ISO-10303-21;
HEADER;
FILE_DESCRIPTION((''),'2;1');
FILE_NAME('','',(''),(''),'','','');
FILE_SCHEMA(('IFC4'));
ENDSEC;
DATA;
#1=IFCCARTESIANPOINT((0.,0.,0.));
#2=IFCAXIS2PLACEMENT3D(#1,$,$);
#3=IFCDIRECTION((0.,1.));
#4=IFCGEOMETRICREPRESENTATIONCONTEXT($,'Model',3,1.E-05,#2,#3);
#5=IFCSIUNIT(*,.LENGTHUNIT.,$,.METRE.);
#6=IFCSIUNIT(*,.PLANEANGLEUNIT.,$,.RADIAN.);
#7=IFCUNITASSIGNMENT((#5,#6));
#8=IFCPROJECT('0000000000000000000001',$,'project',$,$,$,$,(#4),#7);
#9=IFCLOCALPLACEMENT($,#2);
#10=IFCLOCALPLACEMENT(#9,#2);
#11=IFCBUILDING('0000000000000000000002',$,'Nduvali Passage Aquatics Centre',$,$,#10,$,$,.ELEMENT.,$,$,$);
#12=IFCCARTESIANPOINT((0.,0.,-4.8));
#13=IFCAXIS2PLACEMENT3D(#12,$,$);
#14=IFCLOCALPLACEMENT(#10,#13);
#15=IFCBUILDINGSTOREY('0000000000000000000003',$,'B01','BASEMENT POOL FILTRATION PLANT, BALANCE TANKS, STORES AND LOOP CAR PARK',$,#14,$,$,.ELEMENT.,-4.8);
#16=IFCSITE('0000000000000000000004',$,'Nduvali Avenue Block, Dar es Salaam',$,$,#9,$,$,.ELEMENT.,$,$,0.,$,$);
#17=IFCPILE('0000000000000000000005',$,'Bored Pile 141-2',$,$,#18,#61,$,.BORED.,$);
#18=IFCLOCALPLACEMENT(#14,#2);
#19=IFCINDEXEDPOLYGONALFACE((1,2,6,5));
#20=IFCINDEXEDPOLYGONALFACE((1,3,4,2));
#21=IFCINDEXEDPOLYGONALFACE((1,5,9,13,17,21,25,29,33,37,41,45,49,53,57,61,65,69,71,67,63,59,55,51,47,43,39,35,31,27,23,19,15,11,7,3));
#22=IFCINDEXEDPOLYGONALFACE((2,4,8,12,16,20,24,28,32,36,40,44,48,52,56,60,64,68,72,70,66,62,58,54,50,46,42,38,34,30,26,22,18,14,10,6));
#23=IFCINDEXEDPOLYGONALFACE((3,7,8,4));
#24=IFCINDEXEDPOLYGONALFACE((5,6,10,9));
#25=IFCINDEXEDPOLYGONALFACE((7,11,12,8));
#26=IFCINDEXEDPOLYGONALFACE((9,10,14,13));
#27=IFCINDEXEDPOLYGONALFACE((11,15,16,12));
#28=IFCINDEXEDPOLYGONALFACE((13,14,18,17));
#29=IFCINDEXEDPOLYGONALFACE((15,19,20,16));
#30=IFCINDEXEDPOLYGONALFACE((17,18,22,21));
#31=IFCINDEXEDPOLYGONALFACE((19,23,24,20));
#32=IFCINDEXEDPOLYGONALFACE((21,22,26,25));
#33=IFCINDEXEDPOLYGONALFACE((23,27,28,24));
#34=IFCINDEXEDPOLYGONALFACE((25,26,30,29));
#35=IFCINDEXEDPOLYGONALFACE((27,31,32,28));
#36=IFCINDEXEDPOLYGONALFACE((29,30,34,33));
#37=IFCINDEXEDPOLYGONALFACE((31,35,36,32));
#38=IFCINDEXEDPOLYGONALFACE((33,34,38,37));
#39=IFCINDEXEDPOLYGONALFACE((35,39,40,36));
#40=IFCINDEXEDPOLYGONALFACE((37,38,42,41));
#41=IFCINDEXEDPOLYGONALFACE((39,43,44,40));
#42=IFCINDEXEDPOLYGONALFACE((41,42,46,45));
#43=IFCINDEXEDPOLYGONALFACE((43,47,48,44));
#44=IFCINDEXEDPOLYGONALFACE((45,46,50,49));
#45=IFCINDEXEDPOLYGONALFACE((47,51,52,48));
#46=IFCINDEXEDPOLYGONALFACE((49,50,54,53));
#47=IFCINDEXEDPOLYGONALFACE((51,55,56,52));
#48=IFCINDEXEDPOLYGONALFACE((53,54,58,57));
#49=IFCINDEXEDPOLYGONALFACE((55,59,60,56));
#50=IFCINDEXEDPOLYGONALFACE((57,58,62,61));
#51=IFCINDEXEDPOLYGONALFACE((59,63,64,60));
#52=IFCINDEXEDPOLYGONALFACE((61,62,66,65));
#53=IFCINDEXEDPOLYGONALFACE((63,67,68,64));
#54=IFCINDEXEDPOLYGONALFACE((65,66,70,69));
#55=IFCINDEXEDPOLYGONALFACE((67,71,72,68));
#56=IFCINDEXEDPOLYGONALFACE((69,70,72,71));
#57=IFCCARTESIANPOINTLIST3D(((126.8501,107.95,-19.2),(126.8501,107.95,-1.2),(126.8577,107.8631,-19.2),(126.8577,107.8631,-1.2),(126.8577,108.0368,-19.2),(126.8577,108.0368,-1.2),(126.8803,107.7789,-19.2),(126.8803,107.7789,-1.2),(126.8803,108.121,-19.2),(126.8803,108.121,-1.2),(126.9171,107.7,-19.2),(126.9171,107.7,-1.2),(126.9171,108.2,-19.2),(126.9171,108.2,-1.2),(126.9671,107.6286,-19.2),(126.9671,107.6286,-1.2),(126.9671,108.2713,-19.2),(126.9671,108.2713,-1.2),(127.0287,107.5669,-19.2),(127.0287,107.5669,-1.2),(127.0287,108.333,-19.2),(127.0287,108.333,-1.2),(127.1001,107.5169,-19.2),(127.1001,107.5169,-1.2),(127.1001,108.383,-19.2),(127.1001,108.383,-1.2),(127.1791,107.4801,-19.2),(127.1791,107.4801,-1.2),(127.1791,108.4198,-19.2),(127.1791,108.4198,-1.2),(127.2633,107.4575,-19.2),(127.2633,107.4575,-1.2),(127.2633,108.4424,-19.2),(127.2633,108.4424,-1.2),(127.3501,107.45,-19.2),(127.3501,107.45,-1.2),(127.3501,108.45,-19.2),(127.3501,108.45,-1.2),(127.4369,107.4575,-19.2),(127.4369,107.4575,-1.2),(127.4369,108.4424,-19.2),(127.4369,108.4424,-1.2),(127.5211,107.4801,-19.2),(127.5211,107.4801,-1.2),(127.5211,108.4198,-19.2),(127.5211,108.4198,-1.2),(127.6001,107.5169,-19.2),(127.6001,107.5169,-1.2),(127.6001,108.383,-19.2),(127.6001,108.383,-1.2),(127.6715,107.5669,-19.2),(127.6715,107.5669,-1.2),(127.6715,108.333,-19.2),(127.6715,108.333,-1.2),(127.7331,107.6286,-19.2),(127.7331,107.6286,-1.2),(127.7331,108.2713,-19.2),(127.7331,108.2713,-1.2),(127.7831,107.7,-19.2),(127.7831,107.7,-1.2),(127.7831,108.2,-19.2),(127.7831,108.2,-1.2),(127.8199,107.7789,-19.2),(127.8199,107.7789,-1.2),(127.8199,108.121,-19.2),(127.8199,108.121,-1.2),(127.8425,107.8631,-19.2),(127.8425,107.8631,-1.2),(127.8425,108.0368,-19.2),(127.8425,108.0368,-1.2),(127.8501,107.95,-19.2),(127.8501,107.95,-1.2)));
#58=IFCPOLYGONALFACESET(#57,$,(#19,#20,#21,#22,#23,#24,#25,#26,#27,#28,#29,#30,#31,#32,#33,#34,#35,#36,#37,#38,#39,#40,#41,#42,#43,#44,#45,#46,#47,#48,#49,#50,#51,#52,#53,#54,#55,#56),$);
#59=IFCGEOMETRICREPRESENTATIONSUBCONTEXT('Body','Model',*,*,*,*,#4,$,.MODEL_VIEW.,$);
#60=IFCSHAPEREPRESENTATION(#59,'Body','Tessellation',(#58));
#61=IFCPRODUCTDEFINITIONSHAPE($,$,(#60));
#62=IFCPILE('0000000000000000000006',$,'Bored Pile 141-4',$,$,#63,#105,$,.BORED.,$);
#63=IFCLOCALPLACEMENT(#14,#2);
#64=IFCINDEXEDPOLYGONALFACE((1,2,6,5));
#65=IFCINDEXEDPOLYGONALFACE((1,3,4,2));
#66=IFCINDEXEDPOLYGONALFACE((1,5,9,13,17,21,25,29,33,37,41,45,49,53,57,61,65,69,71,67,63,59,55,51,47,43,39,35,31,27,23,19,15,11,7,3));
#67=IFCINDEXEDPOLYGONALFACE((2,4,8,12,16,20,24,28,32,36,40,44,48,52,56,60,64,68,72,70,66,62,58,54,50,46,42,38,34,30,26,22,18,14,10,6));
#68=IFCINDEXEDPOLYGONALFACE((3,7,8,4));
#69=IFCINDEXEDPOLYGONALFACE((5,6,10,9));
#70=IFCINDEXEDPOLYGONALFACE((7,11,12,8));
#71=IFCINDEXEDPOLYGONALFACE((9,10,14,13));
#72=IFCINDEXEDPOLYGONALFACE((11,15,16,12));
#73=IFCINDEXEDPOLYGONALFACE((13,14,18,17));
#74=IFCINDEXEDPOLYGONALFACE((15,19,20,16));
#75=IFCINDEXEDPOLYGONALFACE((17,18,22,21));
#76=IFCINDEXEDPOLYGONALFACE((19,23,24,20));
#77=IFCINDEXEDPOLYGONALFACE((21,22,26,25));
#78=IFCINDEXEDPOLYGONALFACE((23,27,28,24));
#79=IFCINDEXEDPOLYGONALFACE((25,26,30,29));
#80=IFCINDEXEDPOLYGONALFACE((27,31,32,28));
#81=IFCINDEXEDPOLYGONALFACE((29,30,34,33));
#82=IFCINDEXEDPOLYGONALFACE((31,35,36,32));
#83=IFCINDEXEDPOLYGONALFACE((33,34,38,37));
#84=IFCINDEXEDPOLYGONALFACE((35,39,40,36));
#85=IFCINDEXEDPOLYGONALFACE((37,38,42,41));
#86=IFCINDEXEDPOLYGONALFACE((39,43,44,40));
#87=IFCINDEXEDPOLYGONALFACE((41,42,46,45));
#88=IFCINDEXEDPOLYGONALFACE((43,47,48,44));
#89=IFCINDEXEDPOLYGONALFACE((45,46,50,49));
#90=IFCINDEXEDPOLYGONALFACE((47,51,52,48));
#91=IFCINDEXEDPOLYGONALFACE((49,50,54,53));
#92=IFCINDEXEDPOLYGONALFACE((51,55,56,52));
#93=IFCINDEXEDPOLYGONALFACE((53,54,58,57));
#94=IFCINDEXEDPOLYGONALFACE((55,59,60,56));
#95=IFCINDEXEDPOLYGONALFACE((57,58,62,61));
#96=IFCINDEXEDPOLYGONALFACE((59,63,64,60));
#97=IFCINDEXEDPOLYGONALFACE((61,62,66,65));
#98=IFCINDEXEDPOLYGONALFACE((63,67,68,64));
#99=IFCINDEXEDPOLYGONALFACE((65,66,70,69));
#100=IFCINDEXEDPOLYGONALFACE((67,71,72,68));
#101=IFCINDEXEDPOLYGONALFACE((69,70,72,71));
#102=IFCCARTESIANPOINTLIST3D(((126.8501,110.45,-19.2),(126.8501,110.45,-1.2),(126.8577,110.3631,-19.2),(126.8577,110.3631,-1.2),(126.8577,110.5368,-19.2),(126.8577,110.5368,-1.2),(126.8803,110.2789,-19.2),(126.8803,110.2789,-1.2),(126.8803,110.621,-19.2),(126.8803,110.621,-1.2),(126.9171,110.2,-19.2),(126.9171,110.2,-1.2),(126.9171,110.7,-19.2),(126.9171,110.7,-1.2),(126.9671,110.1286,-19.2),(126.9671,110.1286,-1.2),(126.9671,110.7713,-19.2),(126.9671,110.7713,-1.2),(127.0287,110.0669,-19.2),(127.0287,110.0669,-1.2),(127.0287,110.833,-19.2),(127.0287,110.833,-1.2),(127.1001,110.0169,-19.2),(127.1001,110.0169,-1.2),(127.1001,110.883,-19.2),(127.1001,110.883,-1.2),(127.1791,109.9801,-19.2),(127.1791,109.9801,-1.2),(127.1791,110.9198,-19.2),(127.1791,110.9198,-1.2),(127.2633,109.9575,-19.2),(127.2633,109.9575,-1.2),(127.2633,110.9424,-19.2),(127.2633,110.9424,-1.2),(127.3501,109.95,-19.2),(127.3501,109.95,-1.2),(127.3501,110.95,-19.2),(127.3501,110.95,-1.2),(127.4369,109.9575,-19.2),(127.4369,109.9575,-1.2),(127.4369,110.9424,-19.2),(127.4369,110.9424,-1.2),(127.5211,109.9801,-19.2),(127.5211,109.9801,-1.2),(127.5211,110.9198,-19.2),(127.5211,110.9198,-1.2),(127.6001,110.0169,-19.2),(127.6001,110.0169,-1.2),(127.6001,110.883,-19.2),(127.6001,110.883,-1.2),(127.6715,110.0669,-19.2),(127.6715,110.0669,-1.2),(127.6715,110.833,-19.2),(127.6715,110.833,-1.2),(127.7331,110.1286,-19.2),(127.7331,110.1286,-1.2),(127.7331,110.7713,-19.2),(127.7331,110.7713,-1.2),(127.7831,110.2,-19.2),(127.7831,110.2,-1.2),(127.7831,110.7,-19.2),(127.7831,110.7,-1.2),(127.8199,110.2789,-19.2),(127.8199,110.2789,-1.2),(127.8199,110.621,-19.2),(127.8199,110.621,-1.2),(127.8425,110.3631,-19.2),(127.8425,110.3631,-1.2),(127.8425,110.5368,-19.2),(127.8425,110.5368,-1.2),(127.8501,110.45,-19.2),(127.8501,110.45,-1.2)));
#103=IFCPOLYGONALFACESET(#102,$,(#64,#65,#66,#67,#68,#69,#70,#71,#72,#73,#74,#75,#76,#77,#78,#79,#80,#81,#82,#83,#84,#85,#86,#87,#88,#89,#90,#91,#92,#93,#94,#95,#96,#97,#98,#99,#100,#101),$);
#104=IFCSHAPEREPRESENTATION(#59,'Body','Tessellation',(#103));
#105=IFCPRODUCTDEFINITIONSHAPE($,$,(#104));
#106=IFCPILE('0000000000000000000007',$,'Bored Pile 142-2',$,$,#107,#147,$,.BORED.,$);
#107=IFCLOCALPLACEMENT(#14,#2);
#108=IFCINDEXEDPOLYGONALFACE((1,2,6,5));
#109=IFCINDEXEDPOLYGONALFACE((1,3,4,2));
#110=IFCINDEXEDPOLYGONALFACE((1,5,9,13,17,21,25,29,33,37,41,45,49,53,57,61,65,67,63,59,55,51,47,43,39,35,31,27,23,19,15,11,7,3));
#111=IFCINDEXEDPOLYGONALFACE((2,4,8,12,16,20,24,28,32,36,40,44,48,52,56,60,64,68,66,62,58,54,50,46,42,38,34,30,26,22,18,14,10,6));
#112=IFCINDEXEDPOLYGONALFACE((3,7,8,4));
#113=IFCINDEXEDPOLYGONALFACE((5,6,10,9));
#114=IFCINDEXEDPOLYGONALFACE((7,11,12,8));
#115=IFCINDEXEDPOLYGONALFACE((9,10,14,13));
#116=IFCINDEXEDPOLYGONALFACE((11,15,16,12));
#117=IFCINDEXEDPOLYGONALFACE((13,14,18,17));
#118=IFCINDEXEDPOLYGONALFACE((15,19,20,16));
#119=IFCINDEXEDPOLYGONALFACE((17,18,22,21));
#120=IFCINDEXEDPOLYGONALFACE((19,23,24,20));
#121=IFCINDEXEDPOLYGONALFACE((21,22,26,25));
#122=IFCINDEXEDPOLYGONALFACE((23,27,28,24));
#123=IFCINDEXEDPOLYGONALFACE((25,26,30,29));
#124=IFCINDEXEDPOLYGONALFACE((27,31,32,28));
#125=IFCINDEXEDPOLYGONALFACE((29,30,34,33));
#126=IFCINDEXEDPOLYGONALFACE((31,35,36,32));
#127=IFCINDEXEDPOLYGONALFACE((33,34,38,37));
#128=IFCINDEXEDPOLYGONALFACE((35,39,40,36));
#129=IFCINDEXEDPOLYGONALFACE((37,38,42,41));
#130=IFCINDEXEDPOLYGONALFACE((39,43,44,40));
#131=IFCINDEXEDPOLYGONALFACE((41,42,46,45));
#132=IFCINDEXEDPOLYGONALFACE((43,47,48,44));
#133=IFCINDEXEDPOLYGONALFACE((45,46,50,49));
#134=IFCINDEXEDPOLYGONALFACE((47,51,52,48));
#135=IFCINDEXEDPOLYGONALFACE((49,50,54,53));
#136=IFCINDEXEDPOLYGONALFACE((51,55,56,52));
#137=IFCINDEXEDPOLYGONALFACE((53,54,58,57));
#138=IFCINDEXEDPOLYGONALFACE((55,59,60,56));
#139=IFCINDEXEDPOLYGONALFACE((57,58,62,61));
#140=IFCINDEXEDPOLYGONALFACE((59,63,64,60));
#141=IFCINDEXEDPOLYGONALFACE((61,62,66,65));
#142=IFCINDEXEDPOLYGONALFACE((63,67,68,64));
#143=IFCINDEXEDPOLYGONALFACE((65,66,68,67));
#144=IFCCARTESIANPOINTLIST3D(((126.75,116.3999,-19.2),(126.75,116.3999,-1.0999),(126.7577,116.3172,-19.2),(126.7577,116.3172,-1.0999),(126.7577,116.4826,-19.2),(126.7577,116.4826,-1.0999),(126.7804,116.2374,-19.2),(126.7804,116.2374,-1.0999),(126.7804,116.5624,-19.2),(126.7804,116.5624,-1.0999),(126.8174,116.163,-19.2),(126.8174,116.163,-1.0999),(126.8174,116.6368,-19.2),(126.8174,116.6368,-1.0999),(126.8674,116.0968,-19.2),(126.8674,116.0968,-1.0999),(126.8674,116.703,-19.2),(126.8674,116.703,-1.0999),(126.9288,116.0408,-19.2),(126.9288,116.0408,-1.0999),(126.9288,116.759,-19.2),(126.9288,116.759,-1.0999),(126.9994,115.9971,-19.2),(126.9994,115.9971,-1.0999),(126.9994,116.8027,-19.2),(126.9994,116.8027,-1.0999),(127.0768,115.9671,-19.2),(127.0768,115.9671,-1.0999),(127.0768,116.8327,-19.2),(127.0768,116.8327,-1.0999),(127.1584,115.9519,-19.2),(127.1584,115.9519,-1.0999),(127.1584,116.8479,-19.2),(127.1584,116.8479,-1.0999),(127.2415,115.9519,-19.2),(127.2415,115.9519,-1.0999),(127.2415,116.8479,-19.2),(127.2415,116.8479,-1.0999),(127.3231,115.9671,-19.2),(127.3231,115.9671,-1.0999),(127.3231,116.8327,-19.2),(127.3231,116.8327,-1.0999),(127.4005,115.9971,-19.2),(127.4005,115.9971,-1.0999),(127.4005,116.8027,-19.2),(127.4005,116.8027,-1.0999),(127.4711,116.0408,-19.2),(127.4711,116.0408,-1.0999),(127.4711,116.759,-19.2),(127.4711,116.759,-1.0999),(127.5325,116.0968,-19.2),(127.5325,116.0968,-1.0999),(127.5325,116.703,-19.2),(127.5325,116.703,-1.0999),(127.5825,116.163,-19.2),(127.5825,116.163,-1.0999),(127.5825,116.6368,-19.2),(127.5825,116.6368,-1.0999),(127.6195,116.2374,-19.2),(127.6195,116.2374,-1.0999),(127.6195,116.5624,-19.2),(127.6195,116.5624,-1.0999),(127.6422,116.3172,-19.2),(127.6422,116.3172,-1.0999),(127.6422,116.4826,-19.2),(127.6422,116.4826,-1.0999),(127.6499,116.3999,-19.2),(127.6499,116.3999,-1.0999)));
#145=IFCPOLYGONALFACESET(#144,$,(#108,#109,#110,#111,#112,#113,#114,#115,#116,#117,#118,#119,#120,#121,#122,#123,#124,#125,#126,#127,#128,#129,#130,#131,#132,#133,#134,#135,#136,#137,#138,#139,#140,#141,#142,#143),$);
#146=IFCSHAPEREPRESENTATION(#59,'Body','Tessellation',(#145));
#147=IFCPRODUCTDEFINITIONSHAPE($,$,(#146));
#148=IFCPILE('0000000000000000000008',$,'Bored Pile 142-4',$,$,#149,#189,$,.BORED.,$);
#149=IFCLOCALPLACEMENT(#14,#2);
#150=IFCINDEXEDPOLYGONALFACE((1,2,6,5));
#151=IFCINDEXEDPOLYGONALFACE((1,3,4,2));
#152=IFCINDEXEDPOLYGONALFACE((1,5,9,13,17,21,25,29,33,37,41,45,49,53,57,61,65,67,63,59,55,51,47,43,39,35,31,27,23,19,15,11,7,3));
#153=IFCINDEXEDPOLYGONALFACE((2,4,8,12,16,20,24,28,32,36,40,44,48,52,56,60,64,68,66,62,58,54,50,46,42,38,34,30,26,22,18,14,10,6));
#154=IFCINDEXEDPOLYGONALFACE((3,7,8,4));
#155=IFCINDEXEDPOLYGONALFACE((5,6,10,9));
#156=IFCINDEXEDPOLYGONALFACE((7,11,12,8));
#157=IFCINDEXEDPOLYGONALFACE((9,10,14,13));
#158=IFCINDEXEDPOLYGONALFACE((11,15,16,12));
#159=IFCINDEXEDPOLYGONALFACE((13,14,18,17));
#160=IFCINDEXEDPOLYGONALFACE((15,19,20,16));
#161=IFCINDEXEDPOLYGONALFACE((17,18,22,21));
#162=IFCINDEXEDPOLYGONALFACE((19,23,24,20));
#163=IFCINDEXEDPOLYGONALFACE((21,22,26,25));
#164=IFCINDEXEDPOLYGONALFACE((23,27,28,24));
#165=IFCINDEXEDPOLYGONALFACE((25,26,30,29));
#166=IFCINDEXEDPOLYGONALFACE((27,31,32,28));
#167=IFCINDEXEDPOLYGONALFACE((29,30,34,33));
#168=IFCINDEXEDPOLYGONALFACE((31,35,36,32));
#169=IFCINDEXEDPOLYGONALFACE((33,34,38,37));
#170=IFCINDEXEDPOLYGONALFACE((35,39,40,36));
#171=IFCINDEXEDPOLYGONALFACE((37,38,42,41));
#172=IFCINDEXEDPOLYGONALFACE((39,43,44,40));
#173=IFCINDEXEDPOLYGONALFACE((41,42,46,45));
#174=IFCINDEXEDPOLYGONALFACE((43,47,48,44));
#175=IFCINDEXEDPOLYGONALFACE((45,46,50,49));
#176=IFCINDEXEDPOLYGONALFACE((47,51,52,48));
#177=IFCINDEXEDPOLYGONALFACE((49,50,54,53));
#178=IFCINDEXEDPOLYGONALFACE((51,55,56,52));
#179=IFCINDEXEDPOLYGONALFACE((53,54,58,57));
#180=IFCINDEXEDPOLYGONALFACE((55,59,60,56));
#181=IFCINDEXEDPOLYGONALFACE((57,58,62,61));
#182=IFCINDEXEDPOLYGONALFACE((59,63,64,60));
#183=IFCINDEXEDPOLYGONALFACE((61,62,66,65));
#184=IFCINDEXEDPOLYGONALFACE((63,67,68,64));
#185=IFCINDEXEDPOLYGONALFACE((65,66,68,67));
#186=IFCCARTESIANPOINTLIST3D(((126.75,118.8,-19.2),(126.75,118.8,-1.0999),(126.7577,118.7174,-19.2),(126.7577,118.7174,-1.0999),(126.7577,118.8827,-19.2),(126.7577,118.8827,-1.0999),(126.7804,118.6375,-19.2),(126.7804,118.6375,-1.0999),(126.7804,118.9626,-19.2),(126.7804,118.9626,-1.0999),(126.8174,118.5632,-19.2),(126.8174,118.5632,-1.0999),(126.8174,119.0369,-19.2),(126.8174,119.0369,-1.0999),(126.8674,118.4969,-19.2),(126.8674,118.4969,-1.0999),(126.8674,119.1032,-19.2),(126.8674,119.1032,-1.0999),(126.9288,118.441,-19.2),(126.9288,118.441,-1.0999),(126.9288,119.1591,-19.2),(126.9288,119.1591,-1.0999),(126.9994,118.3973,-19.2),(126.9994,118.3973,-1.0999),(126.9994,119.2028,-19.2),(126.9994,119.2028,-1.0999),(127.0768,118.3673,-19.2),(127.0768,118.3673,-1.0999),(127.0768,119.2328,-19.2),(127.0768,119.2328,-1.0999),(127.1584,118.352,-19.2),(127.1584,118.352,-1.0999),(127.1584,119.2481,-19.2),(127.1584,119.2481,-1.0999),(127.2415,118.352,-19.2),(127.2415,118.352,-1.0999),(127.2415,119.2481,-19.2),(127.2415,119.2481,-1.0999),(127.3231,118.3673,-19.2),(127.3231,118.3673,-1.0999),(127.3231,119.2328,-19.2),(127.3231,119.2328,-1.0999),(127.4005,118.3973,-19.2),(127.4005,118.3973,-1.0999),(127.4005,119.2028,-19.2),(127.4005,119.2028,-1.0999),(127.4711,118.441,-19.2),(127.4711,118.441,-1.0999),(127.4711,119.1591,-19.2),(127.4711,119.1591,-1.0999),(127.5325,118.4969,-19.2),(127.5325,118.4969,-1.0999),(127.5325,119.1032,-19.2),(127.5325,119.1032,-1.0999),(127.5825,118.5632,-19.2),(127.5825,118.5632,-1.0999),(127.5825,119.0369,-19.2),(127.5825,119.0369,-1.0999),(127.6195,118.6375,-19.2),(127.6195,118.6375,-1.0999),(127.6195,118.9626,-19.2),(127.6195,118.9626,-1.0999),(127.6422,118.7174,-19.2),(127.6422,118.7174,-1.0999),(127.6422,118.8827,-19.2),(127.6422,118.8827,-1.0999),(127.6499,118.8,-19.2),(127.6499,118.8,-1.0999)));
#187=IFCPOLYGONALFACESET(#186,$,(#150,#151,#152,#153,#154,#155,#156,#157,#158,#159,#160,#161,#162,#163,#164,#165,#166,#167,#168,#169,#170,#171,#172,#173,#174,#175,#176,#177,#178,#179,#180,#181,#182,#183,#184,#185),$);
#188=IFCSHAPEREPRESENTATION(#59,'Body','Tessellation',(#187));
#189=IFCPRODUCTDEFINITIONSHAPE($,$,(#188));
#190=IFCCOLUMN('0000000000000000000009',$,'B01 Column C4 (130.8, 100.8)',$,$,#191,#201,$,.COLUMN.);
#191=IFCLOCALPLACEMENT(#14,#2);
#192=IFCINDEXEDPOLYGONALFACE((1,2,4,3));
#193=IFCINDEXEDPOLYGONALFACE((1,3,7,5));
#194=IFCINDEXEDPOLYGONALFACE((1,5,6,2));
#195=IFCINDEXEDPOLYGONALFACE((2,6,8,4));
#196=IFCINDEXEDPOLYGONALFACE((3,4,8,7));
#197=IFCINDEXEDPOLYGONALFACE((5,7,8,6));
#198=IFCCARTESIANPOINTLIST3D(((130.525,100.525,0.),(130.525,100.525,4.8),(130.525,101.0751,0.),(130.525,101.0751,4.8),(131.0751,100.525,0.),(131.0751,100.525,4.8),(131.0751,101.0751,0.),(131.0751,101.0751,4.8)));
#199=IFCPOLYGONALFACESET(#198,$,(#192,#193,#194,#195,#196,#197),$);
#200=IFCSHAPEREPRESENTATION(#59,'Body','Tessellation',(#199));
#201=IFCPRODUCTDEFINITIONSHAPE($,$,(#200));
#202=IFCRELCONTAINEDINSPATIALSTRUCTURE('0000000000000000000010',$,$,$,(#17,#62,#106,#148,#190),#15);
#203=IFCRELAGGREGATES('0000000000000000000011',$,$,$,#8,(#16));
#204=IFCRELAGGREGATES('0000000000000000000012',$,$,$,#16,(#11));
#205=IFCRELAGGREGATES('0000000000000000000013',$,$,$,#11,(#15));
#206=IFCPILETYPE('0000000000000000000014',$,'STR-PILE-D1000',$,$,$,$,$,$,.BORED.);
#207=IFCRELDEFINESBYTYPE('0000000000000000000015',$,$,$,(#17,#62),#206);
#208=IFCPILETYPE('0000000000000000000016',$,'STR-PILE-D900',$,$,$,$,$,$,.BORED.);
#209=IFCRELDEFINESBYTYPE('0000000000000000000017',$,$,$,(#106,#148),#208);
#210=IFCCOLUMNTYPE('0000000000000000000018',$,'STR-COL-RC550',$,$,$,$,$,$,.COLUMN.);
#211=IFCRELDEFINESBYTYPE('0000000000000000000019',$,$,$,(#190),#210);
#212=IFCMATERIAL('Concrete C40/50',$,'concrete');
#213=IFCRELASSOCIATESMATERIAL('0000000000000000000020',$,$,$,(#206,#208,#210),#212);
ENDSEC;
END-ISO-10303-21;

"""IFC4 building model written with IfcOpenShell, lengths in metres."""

from ifc_helpers import new_model, si_unit, direction, frame, origin, origin_2d, place, context, subcontext, project, spatial, rectangle, circle, extrude, material, material_profile, profile_set, type_object, element, save


model = new_model("IFC4")

# Units and contexts
model_context = context("Model", 3, precision=1e-05, world=origin(), true_north=direction((0.0, 1.0)))
body_context = subcontext(model_context, "Body", "Model", "MODEL_VIEW")
ifc_project = project(units=[si_unit("LENGTHUNIT", "METRE"), si_unit("PLANEANGLEUNIT", "RADIAN")], contexts=[model_context])

# Site, building, storey
site_placement = place(None, origin())
site = spatial("IfcSite", under=ifc_project, at=site_placement, Name="Nduvali Avenue Block, Dar es Salaam", CompositionType="ELEMENT", RefElevation=0.0)
building_placement = place(site_placement, origin())
building = spatial("IfcBuilding", under=site, at=building_placement, Name="Nduvali Passage Aquatics Centre", CompositionType="ELEMENT")
storey_placement = place(building_placement, frame((0.0, 0.0, -4.8)))
storey = spatial("IfcBuildingStorey", under=building, at=storey_placement, Name="B01", Description="BASEMENT POOL FILTRATION PLANT, BALANCE TANKS, STORES AND LOOP CAR PARK", CompositionType="ELEMENT", Elevation=-4.8)

# Shared definitions
ifc_material_1 = material(Name="Concrete C40/50", Category="concrete")

# Piles
ifc_material_profile_1 = material_profile(ifc_material_1, circle(Radius=0.5, at=origin_2d()), Name="PILE D1000")
ifc_profile_set_1 = profile_set([ifc_material_profile_1], Name="Concrete C40/50")
pile_type_1 = type_object("IfcPileType", Name="STR-PILE-D1000", PredefinedType="BORED", material=ifc_profile_set_1)
for number, where, z_axis, x_axis, name in (
    (1, (127.3501, 107.95, -1.2), (0.0, 0.0, -1.0), (1.0, 0.0, 0.0), "Bored Pile 141-2"),
    (2, (127.3501, 110.45, -1.2), (0.0, 0.0, -1.0), (1.0, 0.0, 0.0), "Bored Pile 141-4"),
):
    element("IfcPile", number, at=place(storey_placement, frame(where, z_axis=z_axis, x_axis=x_axis)), inside=storey, type_object=pile_type_1, Name=name, PredefinedType="BORED", context=body_context, shape_type="SweptSolid", body=[
        extrude(circle(Radius=0.5, at=origin_2d()), origin(), (0.0, 0.0, 1.0), 18.0),
    ])
ifc_material_profile_2 = material_profile(ifc_material_1, circle(Radius=0.45, at=origin_2d()), Name="PILE D900")
ifc_profile_set_2 = profile_set([ifc_material_profile_2], Name="Concrete C40/50")
pile_type_2 = type_object("IfcPileType", Name="STR-PILE-D900", PredefinedType="BORED", material=ifc_profile_set_2)
for number, where, z_axis, x_axis, name in (
    (3, (127.2, 116.3999, -1.0999), (0.0, 0.0, -1.0), (1.0, 0.0, 0.0), "Bored Pile 142-2"),
    (4, (127.2, 118.8, -1.0999), (0.0, 0.0, -1.0), (1.0, 0.0, 0.0), "Bored Pile 142-4"),
):
    element("IfcPile", number, at=place(storey_placement, frame(where, z_axis=z_axis, x_axis=x_axis)), inside=storey, type_object=pile_type_2, Name=name, PredefinedType="BORED", context=body_context, shape_type="SweptSolid", body=[
        extrude(circle(Radius=0.45, at=origin_2d()), origin(), (0.0, 0.0, 1.0), 18.1001),
    ])

# Column
ifc_material_profile_3 = material_profile(ifc_material_1, rectangle(XDim=0.55, YDim=0.55, at=origin_2d()), Name="RC 550x550")
ifc_profile_set_3 = profile_set([ifc_material_profile_3], Name="Concrete C40/50")
column_type_1 = type_object("IfcColumnType", Name="STR-COL-RC550", PredefinedType="COLUMN", material=ifc_profile_set_3)
for number, where, z_axis, x_axis, name in (
    (5, (130.8, 100.8, 0.0), (0.0, 0.0, 1.0), (1.0, 0.0, 0.0), "B01 Column C4 (130.8, 100.8)"),
):
    element("IfcColumn", number, at=place(storey_placement, frame(where, z_axis=z_axis, x_axis=x_axis)), inside=storey, type_object=column_type_1, Name=name, PredefinedType="COLUMN", context=body_context, shape_type="SweptSolid", body=[
        extrude(rectangle(XDim=0.55, YDim=0.55, at=origin_2d()), origin(), (0.0, 0.0, 1.0), 4.8),
    ])

save(model, "model.ifc")
